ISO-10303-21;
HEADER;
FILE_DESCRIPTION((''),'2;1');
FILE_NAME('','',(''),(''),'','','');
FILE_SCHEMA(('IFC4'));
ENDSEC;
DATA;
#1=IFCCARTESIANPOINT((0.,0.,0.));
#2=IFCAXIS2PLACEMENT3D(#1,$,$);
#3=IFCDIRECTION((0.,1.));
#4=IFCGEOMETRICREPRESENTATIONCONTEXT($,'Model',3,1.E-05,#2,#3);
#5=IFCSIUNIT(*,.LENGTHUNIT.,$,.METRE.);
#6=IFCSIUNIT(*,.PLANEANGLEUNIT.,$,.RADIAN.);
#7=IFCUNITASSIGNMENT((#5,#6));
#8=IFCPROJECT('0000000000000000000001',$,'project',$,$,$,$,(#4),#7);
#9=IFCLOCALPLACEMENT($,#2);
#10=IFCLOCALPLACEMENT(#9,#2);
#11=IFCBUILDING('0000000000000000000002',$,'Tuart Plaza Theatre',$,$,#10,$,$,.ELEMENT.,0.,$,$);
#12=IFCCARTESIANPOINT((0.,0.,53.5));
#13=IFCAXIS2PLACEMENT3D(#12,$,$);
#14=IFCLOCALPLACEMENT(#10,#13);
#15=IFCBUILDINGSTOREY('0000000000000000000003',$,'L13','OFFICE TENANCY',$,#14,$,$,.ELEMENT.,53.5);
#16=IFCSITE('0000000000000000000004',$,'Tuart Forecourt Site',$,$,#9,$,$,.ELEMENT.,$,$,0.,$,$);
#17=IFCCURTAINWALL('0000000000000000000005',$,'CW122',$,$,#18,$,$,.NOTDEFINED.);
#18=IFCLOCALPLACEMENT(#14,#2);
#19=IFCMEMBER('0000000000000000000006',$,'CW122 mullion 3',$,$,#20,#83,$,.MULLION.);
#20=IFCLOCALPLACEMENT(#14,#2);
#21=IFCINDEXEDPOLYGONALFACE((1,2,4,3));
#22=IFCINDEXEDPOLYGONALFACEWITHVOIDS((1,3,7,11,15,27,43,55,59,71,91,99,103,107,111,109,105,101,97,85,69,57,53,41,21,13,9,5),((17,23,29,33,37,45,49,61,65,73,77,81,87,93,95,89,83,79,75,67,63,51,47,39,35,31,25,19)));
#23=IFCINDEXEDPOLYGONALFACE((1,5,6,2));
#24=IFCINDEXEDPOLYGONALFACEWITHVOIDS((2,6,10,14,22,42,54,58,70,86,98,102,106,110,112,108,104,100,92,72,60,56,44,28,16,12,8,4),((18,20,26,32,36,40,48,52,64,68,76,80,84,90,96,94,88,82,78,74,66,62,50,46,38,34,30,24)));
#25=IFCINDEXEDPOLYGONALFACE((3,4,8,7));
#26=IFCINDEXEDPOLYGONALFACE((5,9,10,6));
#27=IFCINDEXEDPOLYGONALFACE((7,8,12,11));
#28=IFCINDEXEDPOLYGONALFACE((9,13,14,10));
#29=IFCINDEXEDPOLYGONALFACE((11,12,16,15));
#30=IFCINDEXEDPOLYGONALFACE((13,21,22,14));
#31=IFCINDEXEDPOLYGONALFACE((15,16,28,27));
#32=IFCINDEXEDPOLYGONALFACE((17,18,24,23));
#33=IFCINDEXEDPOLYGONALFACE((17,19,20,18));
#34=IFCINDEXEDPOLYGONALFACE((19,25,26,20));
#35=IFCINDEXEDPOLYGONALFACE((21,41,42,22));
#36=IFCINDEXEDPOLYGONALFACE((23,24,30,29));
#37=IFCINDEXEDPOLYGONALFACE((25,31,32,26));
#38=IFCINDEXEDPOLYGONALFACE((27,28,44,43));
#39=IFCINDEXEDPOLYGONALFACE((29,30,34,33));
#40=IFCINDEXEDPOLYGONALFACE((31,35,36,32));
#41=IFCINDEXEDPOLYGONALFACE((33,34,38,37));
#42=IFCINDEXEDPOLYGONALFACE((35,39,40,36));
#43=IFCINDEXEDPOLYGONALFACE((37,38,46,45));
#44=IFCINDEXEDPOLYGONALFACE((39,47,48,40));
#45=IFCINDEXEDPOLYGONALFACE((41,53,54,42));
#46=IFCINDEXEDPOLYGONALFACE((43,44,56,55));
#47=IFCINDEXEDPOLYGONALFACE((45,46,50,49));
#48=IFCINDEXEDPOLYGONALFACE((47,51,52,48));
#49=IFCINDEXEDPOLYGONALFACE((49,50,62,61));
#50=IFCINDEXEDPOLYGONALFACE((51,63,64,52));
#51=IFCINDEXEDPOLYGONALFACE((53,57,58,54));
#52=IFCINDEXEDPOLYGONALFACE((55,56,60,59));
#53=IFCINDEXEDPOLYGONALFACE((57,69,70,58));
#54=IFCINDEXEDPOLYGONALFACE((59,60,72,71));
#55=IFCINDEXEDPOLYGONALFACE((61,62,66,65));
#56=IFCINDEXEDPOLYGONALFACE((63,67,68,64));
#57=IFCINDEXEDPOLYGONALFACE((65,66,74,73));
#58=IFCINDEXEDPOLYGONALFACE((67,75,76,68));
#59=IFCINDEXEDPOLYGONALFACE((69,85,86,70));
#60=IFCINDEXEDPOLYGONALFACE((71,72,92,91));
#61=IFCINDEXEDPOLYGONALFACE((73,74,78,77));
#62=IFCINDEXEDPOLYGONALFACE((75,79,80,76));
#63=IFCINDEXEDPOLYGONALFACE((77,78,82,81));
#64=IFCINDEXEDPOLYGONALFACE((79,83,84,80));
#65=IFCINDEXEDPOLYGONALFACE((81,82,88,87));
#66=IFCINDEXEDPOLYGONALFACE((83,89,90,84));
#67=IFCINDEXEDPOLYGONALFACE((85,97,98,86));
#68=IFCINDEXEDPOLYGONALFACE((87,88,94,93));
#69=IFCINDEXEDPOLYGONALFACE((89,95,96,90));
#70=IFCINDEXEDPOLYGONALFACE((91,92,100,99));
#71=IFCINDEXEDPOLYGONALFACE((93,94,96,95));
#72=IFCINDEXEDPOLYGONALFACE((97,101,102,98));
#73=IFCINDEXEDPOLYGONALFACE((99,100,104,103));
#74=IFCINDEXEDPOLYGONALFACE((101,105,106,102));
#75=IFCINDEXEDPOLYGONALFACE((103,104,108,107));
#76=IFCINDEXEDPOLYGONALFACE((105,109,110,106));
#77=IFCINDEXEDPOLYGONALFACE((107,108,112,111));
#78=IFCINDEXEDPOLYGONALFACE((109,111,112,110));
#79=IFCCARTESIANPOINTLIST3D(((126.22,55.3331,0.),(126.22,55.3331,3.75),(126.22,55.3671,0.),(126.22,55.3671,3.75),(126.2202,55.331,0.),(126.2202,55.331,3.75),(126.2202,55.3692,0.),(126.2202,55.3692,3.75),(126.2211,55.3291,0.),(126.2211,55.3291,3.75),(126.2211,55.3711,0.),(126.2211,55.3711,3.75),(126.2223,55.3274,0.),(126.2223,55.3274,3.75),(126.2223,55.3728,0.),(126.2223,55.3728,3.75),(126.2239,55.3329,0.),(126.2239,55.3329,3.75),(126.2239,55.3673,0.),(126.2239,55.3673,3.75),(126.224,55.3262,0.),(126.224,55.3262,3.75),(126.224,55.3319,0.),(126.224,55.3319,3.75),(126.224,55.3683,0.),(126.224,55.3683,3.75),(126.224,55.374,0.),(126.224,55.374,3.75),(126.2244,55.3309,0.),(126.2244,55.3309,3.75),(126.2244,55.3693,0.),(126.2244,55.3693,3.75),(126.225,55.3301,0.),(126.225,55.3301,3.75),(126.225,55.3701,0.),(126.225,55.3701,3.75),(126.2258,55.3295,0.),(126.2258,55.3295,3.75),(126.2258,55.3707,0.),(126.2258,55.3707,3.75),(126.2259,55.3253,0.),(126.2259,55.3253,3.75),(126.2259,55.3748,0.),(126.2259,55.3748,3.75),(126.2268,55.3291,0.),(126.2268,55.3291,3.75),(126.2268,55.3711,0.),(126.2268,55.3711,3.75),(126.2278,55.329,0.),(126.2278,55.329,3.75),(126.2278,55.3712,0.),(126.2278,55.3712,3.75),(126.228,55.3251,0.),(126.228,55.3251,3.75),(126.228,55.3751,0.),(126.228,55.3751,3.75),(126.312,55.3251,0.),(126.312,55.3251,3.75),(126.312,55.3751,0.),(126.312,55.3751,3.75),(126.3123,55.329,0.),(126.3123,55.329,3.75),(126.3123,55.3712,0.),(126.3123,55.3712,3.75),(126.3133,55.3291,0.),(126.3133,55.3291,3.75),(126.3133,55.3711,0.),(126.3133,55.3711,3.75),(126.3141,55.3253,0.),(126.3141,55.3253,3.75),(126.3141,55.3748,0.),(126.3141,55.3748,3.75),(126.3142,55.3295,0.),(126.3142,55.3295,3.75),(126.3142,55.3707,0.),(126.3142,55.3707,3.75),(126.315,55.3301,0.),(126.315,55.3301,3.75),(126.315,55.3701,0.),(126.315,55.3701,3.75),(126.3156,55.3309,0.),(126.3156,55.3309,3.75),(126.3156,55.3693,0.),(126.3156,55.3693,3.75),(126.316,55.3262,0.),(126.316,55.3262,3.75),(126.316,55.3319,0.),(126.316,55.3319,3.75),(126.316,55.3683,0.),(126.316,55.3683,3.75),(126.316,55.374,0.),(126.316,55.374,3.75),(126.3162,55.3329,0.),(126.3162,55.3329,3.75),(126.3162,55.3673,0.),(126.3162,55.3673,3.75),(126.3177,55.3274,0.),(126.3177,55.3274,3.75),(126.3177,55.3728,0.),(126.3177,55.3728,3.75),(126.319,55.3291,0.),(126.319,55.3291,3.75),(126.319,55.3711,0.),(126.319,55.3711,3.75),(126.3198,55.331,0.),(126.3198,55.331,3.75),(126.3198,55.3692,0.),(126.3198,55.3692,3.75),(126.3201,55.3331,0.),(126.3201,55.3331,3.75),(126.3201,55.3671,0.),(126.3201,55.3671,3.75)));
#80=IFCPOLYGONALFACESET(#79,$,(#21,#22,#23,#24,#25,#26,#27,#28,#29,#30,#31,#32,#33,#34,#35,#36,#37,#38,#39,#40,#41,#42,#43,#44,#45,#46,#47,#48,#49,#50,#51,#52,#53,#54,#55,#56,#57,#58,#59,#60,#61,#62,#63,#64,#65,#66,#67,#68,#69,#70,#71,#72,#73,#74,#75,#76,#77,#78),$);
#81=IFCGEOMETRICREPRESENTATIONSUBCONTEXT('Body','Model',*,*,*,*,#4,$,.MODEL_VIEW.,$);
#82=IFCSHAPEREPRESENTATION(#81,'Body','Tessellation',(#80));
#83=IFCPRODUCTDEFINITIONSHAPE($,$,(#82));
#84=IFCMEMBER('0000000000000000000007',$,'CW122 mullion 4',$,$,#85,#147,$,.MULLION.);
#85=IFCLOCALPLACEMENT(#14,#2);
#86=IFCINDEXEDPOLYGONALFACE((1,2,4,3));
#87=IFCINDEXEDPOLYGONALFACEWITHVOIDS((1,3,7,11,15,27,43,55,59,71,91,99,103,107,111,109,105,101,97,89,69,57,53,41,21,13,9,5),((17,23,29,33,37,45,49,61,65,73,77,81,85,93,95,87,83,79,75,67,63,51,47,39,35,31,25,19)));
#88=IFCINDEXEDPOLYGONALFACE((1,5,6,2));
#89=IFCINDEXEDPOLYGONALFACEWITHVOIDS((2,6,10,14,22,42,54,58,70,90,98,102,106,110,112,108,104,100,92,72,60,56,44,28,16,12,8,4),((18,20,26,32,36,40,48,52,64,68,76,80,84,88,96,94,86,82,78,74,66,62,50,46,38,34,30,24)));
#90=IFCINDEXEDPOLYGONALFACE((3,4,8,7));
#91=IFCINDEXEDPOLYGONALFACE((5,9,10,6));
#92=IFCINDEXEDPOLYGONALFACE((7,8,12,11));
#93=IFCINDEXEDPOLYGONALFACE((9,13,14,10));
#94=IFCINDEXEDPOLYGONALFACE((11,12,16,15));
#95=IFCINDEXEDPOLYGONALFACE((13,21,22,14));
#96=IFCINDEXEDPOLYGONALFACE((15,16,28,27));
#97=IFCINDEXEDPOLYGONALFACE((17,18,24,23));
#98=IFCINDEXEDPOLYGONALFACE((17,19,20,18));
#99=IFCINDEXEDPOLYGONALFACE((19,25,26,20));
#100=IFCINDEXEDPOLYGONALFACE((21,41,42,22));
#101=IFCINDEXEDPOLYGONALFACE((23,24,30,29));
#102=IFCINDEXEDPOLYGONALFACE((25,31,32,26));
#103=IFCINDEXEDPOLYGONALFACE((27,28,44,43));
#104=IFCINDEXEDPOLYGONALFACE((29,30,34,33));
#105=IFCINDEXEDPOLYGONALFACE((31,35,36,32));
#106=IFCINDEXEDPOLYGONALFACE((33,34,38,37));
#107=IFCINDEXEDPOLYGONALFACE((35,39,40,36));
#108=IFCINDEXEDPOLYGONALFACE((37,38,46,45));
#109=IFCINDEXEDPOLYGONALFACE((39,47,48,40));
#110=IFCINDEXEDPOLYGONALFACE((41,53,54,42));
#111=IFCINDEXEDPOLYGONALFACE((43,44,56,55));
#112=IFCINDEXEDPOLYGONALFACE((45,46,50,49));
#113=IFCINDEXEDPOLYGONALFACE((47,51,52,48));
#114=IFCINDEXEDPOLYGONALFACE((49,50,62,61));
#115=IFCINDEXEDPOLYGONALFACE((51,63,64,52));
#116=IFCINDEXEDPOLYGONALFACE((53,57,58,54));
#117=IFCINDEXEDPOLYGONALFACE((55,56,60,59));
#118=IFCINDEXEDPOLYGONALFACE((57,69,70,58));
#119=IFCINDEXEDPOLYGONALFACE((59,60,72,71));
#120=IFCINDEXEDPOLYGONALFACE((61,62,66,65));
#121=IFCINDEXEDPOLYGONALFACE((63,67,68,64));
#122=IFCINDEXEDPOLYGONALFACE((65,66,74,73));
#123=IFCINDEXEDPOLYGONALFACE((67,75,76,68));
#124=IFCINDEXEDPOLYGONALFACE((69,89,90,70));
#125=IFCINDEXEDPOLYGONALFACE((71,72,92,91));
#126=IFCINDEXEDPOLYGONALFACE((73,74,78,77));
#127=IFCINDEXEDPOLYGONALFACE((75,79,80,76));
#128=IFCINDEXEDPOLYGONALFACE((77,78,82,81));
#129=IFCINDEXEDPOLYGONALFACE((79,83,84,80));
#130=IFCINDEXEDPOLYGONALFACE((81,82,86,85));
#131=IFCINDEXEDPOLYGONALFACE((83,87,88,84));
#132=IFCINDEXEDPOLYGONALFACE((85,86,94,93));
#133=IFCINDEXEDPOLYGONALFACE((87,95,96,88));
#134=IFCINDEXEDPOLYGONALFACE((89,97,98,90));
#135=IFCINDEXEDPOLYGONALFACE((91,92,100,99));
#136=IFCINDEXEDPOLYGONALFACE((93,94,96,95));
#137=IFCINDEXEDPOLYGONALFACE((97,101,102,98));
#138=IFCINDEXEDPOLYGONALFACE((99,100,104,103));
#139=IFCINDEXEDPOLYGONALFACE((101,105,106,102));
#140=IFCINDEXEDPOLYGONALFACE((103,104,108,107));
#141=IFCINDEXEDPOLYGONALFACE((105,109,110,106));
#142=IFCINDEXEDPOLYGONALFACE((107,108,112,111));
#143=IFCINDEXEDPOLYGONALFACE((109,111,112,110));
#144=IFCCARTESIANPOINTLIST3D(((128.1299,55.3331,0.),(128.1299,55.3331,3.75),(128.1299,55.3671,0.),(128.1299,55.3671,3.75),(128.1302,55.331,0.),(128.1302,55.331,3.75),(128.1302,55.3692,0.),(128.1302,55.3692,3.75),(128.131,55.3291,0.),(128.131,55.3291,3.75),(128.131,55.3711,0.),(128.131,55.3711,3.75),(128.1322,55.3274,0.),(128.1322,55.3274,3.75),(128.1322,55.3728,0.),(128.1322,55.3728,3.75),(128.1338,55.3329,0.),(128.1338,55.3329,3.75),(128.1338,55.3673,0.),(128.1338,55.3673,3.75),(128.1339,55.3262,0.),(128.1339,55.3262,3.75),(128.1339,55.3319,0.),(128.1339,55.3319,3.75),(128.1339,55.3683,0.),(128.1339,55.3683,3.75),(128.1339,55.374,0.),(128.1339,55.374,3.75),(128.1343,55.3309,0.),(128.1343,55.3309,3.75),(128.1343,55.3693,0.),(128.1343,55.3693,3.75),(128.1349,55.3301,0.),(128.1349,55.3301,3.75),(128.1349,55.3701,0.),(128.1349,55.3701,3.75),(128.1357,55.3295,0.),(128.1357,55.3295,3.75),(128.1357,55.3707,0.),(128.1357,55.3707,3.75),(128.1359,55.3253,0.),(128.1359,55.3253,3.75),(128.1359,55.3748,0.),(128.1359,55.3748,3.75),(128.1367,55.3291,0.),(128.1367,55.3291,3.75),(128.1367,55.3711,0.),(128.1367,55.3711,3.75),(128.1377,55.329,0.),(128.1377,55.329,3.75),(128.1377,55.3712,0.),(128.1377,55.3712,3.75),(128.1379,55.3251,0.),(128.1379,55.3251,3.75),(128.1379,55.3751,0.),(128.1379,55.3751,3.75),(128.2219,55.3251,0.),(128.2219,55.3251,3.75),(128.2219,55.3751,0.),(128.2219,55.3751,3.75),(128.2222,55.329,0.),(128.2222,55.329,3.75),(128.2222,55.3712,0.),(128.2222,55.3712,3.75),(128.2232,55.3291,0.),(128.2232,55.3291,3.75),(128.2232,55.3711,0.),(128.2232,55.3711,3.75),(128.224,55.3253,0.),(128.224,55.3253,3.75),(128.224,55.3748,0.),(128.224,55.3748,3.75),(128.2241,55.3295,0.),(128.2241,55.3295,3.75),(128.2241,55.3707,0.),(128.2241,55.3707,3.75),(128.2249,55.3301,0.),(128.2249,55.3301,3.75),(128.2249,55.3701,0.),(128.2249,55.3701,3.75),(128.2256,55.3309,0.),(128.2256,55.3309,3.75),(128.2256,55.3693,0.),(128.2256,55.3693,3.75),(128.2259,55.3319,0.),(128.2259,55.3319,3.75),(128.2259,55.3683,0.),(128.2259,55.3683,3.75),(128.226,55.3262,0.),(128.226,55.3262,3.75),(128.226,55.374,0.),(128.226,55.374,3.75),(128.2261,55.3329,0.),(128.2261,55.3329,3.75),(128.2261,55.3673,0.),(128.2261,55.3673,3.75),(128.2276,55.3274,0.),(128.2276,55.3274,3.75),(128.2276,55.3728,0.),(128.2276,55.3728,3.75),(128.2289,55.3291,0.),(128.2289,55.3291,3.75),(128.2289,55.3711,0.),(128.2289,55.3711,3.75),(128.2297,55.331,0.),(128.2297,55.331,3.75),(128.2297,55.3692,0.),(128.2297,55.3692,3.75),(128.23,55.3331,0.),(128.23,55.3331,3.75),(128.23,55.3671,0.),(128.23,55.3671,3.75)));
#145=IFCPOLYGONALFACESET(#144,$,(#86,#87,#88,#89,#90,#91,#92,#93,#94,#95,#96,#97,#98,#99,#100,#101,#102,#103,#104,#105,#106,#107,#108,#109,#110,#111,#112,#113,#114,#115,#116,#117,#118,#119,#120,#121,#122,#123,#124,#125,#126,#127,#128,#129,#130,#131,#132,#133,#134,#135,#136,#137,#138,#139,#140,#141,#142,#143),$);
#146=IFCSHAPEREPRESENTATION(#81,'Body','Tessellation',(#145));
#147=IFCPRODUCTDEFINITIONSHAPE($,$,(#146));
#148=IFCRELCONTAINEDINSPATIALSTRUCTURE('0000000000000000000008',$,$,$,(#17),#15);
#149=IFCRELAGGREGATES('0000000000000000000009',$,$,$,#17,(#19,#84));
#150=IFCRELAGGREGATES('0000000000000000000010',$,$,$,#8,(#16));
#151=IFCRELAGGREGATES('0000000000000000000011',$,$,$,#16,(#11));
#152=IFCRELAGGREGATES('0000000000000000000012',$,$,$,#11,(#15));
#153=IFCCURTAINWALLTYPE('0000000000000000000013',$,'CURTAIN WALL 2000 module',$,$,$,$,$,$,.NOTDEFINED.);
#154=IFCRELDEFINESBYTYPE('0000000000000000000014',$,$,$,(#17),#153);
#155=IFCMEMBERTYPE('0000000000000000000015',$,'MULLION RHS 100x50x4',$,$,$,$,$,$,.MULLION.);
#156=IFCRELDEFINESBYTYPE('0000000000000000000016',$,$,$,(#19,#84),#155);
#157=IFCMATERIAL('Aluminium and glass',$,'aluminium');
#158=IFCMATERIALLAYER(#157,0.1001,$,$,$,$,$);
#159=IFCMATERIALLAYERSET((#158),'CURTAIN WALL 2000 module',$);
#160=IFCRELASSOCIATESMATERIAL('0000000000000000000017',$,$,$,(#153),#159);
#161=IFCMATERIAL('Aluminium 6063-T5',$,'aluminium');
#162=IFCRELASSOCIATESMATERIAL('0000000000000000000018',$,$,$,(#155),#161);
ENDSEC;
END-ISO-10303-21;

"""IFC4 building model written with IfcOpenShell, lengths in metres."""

from ifc_helpers import new_model, si_unit, direction, frame, origin, origin_2d, place, context, subcontext, project, spatial, hollow_rectangle, extrude, material, layer, layer_set, material_profile, profile_set, type_object, element, aggregate, save


model = new_model("IFC4")

# Units and contexts
model_context = context("Model", 3, precision=1e-05, world=origin(), true_north=direction((0.0, 1.0)))
body_context = subcontext(model_context, "Body", "Model", "MODEL_VIEW")
ifc_project = project(units=[si_unit("LENGTHUNIT", "METRE"), si_unit("PLANEANGLEUNIT", "RADIAN")], contexts=[model_context])

# Site, building, storey
site_placement = place(None, origin())
site = spatial("IfcSite", under=ifc_project, at=site_placement, Name="Tuart Forecourt Site", CompositionType="ELEMENT", RefElevation=0.0)
building_placement = place(site_placement, origin())
building = spatial("IfcBuilding", under=site, at=building_placement, Name="Tuart Plaza Theatre", CompositionType="ELEMENT", ElevationOfRefHeight=0.0)
storey_placement = place(building_placement, frame((0.0, 0.0, 53.5)))
storey = spatial("IfcBuildingStorey", under=building, at=storey_placement, Name="L13", Description="OFFICE TENANCY", CompositionType="ELEMENT", Elevation=53.5)

# Curtain wall, members
ifc_material_1 = material(Name="Aluminium and glass", Category="aluminium")
ifc_layer_1 = layer(ifc_material_1, 0.1001)
ifc_layer_set_1 = layer_set([ifc_layer_1], Name="CURTAIN WALL 2000 module")
curtain_wall_type = type_object("IfcCurtainWallType", Name="CURTAIN WALL 2000 module", PredefinedType="NOTDEFINED", material=ifc_layer_set_1)
curtain_wall_placement = place(storey_placement, origin())
curtain_wall = element("IfcCurtainWall", 1, at=curtain_wall_placement, inside=storey, type_object=curtain_wall_type, Name="CW122", PredefinedType="NOTDEFINED")
ifc_material_2 = material(Name="Aluminium 6063-T5", Category="aluminium")
ifc_material_profile_1 = material_profile(ifc_material_2, hollow_rectangle(XDim=0.05, YDim=0.1001, WallThickness=0.0039, InnerFilletRadius=0.0039, OuterFilletRadius=0.0081, at=origin_2d()), Name="RHS 100x50x4")
ifc_profile_set_1 = profile_set([ifc_material_profile_1], Name="Aluminium 6063-T5")
member_type_1 = type_object("IfcMemberType", Name="MULLION RHS 100x50x4", PredefinedType="MULLION", material=ifc_profile_set_1)
member_1_placement = place(storey_placement, frame((126.27, 55.3501, 0.0), z_axis=(0.0, 0.0, 1.0), x_axis=(0.0, 1.0, 0.0)))
member_1 = element("IfcMember", 2, at=member_1_placement, type_object=member_type_1, Name="CW122 mullion 3", PredefinedType="MULLION", context=body_context, shape_type="SweptSolid", body=[
    extrude(hollow_rectangle(XDim=0.05, YDim=0.1001, WallThickness=0.0039, InnerFilletRadius=0.0039, OuterFilletRadius=0.0081, at=origin_2d()), origin(), (0.0, 0.0, 1.0), 3.75),
])
member_2_placement = place(storey_placement, frame((128.1799, 55.3501, 0.0), z_axis=(0.0, 0.0, 1.0), x_axis=(0.0, 1.0, 0.0)))
member_2 = element("IfcMember", 3, at=member_2_placement, type_object=member_type_1, Name="CW122 mullion 4", PredefinedType="MULLION", context=body_context, shape_type="SweptSolid", body=[
    extrude(hollow_rectangle(XDim=0.05, YDim=0.1001, WallThickness=0.0039, InnerFilletRadius=0.0039, OuterFilletRadius=0.0081, at=origin_2d()), origin(), (0.0, 0.0, 1.0), 3.75),
])
aggregate(curtain_wall, [member_1, member_2])

save(model, "model.ifc")
